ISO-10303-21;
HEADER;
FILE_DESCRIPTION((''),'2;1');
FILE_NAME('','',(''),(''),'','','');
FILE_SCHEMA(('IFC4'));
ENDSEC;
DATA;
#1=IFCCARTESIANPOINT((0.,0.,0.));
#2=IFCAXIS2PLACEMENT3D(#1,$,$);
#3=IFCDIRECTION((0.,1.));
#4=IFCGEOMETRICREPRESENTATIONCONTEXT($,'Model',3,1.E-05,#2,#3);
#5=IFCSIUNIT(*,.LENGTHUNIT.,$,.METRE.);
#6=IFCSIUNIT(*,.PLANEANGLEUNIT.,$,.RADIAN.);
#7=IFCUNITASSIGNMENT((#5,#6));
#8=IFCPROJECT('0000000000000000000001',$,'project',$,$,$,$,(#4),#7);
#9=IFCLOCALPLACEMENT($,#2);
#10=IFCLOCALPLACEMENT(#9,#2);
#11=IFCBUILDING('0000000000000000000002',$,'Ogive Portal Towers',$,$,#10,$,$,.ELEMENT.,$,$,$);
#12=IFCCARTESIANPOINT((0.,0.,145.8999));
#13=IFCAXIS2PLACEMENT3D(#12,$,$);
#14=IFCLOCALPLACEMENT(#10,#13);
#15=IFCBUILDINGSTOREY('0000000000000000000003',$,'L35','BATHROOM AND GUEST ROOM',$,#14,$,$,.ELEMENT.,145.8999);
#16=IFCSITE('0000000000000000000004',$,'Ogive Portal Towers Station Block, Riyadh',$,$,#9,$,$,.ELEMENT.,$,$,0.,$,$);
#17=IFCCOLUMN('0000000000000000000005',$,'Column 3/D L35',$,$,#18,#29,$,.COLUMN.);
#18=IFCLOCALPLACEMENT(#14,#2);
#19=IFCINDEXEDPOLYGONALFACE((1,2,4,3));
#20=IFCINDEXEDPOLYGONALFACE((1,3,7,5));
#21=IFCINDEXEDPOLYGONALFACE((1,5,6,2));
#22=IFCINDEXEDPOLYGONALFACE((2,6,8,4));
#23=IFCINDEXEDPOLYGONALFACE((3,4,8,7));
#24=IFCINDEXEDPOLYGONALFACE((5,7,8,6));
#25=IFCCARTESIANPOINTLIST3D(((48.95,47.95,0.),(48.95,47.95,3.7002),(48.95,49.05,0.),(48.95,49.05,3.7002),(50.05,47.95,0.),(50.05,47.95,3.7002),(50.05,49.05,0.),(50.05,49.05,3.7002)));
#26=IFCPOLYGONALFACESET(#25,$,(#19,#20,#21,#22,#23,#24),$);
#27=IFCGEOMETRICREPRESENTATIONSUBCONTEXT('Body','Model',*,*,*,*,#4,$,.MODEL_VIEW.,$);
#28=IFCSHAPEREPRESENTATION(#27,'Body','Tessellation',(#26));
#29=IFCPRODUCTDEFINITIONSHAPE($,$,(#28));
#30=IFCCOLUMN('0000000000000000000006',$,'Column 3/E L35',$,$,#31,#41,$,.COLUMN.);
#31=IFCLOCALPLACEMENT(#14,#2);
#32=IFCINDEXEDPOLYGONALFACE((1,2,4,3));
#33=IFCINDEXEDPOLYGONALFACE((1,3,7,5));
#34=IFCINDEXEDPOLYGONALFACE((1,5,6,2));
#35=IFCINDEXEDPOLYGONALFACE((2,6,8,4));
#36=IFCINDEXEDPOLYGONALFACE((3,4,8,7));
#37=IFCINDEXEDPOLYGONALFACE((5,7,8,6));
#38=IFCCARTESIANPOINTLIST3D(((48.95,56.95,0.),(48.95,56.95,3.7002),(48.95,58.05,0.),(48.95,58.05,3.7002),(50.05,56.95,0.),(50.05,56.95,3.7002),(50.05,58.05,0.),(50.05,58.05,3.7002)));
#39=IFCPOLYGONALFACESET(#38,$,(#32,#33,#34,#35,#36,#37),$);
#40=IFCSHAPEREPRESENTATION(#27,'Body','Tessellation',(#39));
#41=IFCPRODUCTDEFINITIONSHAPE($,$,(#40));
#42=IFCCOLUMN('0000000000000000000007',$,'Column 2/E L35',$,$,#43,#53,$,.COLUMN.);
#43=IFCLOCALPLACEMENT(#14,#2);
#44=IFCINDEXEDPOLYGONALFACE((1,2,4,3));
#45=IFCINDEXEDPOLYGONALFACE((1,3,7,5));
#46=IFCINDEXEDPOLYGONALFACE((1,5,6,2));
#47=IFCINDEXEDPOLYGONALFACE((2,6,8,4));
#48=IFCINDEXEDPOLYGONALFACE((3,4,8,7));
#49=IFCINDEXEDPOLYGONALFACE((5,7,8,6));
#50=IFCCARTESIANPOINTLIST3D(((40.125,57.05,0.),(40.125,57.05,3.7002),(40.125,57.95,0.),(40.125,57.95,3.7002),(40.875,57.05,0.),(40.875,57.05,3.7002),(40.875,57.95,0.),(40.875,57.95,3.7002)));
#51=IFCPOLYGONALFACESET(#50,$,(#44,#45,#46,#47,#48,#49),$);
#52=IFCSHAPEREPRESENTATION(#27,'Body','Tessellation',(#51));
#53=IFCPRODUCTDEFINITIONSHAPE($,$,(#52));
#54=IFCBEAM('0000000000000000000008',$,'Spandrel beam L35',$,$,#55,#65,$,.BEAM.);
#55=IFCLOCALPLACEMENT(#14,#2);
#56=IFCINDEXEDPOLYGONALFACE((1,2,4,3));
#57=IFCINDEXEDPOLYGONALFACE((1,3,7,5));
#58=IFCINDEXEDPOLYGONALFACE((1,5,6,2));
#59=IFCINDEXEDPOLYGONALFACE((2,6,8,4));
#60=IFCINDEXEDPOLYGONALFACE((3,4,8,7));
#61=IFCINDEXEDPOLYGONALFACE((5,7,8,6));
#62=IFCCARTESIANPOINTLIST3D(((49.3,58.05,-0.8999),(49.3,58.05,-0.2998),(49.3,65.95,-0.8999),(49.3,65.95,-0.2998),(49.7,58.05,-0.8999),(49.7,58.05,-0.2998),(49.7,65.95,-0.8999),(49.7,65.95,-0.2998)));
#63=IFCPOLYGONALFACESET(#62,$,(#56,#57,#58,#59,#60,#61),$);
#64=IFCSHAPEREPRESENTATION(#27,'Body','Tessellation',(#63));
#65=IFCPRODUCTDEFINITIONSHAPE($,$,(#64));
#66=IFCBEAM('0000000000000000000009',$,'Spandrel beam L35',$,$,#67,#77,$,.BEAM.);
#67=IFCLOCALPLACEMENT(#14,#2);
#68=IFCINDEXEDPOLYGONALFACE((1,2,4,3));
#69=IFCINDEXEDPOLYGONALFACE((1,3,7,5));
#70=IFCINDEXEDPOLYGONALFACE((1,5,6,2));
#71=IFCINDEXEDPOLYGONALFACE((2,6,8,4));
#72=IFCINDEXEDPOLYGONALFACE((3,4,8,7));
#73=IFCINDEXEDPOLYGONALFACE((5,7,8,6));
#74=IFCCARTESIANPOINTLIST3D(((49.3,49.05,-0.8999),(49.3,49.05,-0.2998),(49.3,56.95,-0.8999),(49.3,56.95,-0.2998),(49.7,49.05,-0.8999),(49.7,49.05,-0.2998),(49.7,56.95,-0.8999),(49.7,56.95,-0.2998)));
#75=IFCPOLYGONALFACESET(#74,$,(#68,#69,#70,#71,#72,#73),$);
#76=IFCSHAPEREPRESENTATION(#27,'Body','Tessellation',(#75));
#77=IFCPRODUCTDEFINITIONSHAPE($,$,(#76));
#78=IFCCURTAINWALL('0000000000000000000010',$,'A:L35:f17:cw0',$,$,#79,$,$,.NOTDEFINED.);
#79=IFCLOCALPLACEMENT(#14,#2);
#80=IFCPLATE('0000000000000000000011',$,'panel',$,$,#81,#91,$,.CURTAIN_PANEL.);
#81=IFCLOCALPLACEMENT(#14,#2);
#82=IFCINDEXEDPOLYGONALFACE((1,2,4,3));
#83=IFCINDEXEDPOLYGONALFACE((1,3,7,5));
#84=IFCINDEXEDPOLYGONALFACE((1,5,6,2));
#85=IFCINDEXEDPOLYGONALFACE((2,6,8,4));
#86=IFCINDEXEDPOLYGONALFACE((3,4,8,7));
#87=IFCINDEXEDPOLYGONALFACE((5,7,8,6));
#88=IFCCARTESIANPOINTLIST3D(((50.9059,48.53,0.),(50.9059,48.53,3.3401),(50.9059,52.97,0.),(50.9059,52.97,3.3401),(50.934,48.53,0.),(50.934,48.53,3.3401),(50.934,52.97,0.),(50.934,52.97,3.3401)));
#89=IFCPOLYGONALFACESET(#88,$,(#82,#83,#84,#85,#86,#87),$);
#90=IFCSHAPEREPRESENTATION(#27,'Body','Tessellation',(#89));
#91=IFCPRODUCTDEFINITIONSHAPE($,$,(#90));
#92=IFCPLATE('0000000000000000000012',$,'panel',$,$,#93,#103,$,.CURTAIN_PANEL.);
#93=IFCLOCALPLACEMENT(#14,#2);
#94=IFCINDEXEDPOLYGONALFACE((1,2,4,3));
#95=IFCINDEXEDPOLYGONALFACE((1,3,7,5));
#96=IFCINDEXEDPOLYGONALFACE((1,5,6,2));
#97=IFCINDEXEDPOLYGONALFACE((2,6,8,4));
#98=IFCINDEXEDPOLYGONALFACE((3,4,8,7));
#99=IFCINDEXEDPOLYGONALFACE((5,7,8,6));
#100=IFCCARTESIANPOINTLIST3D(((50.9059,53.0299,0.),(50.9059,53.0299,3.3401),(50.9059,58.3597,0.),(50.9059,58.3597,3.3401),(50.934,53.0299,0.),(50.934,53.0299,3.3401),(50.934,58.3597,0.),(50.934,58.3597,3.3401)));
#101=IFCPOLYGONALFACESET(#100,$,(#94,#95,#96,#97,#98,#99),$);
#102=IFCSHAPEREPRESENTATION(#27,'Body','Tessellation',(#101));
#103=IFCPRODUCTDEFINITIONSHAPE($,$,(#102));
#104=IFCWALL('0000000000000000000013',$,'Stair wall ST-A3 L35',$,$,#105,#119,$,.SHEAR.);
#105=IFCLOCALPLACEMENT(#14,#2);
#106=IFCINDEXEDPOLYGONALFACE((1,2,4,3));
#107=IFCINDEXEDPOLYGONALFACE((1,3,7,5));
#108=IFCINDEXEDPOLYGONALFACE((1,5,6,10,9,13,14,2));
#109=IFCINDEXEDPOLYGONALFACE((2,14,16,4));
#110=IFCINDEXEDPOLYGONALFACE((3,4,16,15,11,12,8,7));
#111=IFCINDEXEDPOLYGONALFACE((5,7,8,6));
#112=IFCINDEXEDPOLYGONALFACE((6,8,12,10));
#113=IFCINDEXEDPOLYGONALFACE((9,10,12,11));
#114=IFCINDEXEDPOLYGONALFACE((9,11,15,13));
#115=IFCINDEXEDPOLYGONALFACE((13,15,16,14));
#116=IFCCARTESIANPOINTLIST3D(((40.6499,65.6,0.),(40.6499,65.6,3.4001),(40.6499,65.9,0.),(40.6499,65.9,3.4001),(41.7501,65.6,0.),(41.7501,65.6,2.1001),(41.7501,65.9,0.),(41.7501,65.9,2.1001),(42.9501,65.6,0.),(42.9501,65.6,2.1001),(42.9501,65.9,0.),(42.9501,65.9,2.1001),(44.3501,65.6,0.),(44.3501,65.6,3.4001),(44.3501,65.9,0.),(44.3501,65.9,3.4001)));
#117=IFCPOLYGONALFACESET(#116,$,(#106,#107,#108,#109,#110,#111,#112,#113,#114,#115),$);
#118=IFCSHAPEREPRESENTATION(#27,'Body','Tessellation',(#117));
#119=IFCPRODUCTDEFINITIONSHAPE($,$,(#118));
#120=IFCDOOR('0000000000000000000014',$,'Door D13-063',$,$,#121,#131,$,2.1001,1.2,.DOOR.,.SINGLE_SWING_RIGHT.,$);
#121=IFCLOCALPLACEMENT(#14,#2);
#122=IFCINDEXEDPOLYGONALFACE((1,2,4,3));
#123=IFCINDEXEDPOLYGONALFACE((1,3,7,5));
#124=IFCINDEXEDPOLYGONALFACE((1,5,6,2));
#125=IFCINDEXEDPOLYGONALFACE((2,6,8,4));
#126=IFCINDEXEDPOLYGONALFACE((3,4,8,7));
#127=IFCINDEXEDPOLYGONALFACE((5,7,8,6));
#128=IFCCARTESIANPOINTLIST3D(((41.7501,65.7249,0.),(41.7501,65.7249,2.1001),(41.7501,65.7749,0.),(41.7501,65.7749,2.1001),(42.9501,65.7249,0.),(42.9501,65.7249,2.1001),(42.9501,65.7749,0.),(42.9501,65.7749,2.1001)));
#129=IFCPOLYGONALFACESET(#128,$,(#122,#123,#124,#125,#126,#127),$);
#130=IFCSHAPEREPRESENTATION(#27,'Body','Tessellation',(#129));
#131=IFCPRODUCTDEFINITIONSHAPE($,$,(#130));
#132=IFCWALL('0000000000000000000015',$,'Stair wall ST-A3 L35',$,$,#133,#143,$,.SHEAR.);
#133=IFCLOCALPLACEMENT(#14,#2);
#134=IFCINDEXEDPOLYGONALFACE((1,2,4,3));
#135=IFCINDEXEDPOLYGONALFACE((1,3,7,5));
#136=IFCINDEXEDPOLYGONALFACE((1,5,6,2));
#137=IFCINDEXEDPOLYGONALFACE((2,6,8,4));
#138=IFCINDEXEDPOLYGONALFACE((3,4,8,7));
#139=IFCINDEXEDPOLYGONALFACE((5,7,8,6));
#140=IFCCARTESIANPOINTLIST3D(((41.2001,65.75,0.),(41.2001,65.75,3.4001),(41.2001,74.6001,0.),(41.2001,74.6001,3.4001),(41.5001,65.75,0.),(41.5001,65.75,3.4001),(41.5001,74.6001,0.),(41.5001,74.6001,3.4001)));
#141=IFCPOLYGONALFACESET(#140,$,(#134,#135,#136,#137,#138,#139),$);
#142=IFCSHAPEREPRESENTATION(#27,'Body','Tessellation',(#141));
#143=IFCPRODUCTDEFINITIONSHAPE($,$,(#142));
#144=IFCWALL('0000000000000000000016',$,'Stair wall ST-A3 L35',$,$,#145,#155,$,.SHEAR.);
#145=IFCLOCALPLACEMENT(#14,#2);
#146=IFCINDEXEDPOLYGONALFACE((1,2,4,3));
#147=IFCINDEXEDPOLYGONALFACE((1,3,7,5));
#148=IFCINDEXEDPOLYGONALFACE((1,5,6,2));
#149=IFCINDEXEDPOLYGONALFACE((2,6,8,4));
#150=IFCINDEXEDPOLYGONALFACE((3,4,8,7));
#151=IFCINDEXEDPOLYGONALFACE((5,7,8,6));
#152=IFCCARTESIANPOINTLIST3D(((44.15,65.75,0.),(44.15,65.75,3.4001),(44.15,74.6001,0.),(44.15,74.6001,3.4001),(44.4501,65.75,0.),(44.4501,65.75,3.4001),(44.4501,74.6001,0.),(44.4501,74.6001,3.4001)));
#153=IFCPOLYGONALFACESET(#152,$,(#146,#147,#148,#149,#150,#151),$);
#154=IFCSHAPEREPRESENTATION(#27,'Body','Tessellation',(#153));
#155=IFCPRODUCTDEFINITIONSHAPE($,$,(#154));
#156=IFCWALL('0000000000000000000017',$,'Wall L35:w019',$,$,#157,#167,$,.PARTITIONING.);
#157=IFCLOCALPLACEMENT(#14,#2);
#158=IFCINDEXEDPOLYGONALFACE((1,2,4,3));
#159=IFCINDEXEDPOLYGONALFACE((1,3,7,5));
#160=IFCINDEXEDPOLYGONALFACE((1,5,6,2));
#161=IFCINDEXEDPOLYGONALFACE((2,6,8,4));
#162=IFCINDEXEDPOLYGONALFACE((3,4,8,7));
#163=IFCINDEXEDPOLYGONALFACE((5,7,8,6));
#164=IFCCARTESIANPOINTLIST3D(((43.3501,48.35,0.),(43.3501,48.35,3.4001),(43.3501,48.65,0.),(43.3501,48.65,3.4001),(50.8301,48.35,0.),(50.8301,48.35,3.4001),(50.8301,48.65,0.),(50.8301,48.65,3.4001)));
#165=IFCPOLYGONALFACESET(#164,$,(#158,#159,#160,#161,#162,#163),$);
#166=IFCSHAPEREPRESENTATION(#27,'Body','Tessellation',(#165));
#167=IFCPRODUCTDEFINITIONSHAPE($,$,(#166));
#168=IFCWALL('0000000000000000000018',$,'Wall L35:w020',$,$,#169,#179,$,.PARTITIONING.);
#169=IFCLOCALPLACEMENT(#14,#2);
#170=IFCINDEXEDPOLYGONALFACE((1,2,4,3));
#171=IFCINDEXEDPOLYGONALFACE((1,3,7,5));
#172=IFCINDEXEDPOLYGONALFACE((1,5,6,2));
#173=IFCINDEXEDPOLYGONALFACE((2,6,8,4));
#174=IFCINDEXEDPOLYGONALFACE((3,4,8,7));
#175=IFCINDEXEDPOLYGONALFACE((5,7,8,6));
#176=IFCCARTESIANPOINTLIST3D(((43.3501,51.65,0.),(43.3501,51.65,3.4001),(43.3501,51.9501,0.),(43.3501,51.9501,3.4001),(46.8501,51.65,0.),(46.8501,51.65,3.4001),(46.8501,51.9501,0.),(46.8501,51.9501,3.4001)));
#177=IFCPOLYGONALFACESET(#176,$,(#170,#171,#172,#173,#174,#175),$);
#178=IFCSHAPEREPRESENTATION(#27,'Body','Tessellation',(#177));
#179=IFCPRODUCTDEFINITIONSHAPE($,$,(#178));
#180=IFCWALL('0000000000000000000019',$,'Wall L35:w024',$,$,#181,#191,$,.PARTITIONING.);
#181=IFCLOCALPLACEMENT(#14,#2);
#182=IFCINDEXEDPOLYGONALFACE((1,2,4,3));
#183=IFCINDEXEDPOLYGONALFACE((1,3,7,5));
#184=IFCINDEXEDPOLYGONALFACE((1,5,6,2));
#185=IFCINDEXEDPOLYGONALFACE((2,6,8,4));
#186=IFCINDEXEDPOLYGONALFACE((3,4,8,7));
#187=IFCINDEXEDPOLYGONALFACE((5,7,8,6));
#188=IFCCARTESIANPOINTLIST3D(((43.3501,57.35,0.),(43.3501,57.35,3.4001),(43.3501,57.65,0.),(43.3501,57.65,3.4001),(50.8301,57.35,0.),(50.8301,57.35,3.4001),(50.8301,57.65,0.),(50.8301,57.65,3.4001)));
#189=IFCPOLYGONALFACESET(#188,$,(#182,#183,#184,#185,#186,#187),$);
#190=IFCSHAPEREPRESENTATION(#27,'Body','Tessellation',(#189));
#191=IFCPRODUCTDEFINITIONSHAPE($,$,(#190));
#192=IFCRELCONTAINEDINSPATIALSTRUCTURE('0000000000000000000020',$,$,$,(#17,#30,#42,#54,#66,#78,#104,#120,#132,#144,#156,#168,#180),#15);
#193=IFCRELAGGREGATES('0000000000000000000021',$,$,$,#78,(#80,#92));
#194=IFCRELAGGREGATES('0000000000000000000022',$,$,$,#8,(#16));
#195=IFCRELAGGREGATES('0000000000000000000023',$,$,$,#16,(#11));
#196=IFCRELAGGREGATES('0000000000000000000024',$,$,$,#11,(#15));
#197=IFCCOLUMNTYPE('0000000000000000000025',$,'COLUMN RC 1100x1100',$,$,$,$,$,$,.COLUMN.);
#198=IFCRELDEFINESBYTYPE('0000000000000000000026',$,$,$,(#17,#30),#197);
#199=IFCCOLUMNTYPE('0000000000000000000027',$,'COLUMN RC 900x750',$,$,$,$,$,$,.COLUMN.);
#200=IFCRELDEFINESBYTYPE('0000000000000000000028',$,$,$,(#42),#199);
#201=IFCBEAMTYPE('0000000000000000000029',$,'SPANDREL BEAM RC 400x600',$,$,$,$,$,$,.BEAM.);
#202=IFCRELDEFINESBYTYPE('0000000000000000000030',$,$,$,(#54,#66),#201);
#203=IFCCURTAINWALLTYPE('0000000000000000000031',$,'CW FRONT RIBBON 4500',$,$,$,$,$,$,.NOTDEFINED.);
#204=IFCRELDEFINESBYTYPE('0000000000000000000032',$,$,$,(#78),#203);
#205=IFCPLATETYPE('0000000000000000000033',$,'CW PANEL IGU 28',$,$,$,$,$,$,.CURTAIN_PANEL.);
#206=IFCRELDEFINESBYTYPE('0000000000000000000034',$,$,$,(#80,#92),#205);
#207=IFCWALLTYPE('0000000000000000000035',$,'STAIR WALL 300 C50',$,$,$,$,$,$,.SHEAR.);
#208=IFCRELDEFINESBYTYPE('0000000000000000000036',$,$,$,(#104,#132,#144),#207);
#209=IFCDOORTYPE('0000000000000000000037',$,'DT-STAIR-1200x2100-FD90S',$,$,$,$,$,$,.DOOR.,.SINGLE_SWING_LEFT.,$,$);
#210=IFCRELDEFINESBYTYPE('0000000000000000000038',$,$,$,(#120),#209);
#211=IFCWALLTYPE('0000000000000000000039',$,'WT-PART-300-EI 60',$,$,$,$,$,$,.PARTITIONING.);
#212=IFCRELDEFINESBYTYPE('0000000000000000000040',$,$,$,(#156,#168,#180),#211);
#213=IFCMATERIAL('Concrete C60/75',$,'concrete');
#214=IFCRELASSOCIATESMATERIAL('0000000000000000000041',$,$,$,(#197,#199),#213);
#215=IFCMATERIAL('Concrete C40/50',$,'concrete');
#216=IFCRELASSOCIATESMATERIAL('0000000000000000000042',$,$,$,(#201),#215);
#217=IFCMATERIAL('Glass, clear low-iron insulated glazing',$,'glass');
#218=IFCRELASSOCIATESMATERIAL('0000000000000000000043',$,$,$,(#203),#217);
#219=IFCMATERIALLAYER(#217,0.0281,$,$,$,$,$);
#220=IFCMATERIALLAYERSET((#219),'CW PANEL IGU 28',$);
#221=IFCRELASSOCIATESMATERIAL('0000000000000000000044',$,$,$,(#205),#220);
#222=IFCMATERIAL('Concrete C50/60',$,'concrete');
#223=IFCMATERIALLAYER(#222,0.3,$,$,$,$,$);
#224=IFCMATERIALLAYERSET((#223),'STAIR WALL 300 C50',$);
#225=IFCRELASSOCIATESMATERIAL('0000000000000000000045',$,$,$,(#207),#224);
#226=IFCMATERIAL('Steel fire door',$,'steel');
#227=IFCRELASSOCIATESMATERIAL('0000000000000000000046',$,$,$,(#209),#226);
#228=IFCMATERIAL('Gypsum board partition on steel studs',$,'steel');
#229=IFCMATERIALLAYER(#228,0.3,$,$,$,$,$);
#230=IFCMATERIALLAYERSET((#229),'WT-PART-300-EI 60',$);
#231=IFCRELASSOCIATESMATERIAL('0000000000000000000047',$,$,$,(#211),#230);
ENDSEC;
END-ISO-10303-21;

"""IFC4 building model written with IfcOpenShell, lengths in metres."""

from ifc_helpers import new_model, si_unit, direction, frame, frame_2d, origin, origin_2d, place, context, subcontext, project, spatial, rectangle, extrude, material, layer, layer_set, material_profile, profile_set, type_object, element, fill, aggregate, save


model = new_model("IFC4")

# Units and contexts
model_context = context("Model", 3, precision=1e-05, world=origin(), true_north=direction((0.0, 1.0)))
body_context = subcontext(model_context, "Body", "Model", "MODEL_VIEW")
ifc_project = project(units=[si_unit("LENGTHUNIT", "METRE"), si_unit("PLANEANGLEUNIT", "RADIAN")], contexts=[model_context])

# Site, building, storey
site_placement = place(None, origin())
site = spatial("IfcSite", under=ifc_project, at=site_placement, Name="Ogive Portal Towers Station Block, Riyadh", CompositionType="ELEMENT", RefElevation=0.0)
building_placement = place(site_placement, origin())
building = spatial("IfcBuilding", under=site, at=building_placement, Name="Ogive Portal Towers", CompositionType="ELEMENT")
storey_placement = place(building_placement, frame((0.0, 0.0, 145.8999)))
storey = spatial("IfcBuildingStorey", under=building, at=storey_placement, Name="L35", Description="BATHROOM AND GUEST ROOM", CompositionType="ELEMENT", Elevation=145.8999)

# Columns
ifc_material_1 = material(Name="Concrete C60/75", Category="concrete")
ifc_material_profile_1 = material_profile(ifc_material_1, rectangle(XDim=1.1001, YDim=1.1001, at=origin_2d()), Name="RC 1100x1100")
ifc_profile_set_1 = profile_set([ifc_material_profile_1], Name="Concrete C60/75")
column_type_1 = type_object("IfcColumnType", Name="COLUMN RC 1100x1100", PredefinedType="COLUMN", material=ifc_profile_set_1)
for number, where, z_axis, x_axis, name in (
    (1, (49.5, 48.5, 0.0), (0.0, 0.0, 1.0), (1.0, 0.0, 0.0), "Column 3/D L35"),
    (2, (49.5, 57.5, 0.0), (0.0, 0.0, 1.0), (1.0, 0.0, 0.0), "Column 3/E L35"),
):
    element("IfcColumn", number, at=place(storey_placement, frame(where, z_axis=z_axis, x_axis=x_axis)), inside=storey, type_object=column_type_1, Name=name, PredefinedType="COLUMN", context=body_context, shape_type="SweptSolid", body=[
        extrude(rectangle(XDim=1.1001, YDim=1.1001, at=origin_2d()), origin(), (0.0, 0.0, 1.0), 3.7002),
    ])
ifc_material_profile_2 = material_profile(ifc_material_1, rectangle(XDim=0.8999, YDim=0.75, at=origin_2d()), Name="RC 900x750")
ifc_profile_set_2 = profile_set([ifc_material_profile_2], Name="Concrete C60/75")
column_type_2 = type_object("IfcColumnType", Name="COLUMN RC 900x750", PredefinedType="COLUMN", material=ifc_profile_set_2)
column_placement = place(storey_placement, frame((40.5, 57.5, 0.0), z_axis=(0.0, 0.0, 1.0), x_axis=(0.0, 1.0, 0.0)))
element("IfcColumn", 3, at=column_placement, inside=storey, type_object=column_type_2, Name="Column 2/E L35", PredefinedType="COLUMN", context=body_context, shape_type="SweptSolid", body=[
    extrude(rectangle(XDim=0.8999, YDim=0.75, at=origin_2d()), origin(), (0.0, 0.0, 1.0), 3.7002),
])

# Beams
ifc_material_2 = material(Name="Concrete C40/50", Category="concrete")
ifc_material_profile_3 = material_profile(ifc_material_2, rectangle(XDim=0.3999, YDim=0.6001, at=origin_2d()), Name="RC 400x600")
ifc_profile_set_3 = profile_set([ifc_material_profile_3], Name="Concrete C40/50")
beam_type = type_object("IfcBeamType", Name="SPANDREL BEAM RC 400x600", PredefinedType="BEAM", material=ifc_profile_set_3)
for number, where, z_axis, x_axis, name in (
    (4, (49.5, 65.95, -0.5999), (0.0, -1.0, 0.0), (1.0, 0.0, 0.0), "Spandrel beam L35"),
    (5, (49.5, 56.95, -0.5999), (0.0, -1.0, 0.0), (1.0, 0.0, 0.0), "Spandrel beam L35"),
):
    element("IfcBeam", number, at=place(storey_placement, frame(where, z_axis=z_axis, x_axis=x_axis)), inside=storey, type_object=beam_type, Name=name, PredefinedType="BEAM", context=body_context, shape_type="SweptSolid", body=[
        extrude(rectangle(XDim=0.3999, YDim=0.6001, at=origin_2d()), origin(), (0.0, 0.0, 1.0), 7.8999),
    ])

# Curtain wall, plates
ifc_material_3 = material(Name="Glass, clear low-iron insulated glazing", Category="glass")
curtain_wall_type = type_object("IfcCurtainWallType", Name="CW FRONT RIBBON 4500", PredefinedType="NOTDEFINED", material=ifc_material_3)
curtain_wall_placement = place(storey_placement, origin())
curtain_wall = element("IfcCurtainWall", 6, at=curtain_wall_placement, inside=storey, type_object=curtain_wall_type, Name="A:L35:f17:cw0", PredefinedType="NOTDEFINED")
ifc_layer_1 = layer(ifc_material_3, 0.0281)
ifc_layer_set_1 = layer_set([ifc_layer_1], Name="CW PANEL IGU 28")
plate_type = type_object("IfcPlateType", Name="CW PANEL IGU 28", PredefinedType="CURTAIN_PANEL", material=ifc_layer_set_1)
plate_1_placement = place(storey_placement, frame((50.9199, 50.75, 0.0), z_axis=(0.0, 0.0, 1.0), x_axis=(0.0, 1.0, 0.0)))
plate_1 = element("IfcPlate", 7, at=plate_1_placement, type_object=plate_type, Name="panel", PredefinedType="CURTAIN_PANEL", context=body_context, shape_type="SweptSolid", body=[
    extrude(rectangle(XDim=4.4399, YDim=0.0281, at=origin_2d()), origin(), (0.0, 0.0, 1.0), 3.3401),
])
plate_2_placement = place(storey_placement, frame((50.9199, 55.6948, 0.0), z_axis=(0.0, 0.0, 1.0), x_axis=(0.0, 1.0, 0.0)))
plate_2 = element("IfcPlate", 8, at=plate_2_placement, type_object=plate_type, Name="panel", PredefinedType="CURTAIN_PANEL", context=body_context, shape_type="SweptSolid", body=[
    extrude(rectangle(XDim=5.3298, YDim=0.0281, at=origin_2d()), origin(), (0.0, 0.0, 1.0), 3.3401),
])
aggregate(curtain_wall, [plate_1, plate_2])

# Wall, opening, door
ifc_material_4 = material(Name="Concrete C50/60", Category="concrete")
ifc_layer_2 = layer(ifc_material_4, 0.3)
ifc_layer_set_2 = layer_set([ifc_layer_2], Name="STAIR WALL 300 C50")
wall_type_1 = type_object("IfcWallType", Name="STAIR WALL 300 C50", PredefinedType="SHEAR", material=ifc_layer_set_2)
wall_1_placement = place(storey_placement, frame((40.6499, 65.75, 0.0), z_axis=(0.0, 0.0, 1.0), x_axis=(1.0, 0.0, 0.0)))
wall_1 = element("IfcWall", 9, at=wall_1_placement, inside=storey, type_object=wall_type_1, Name="Stair wall ST-A3 L35", PredefinedType="SHEAR", context=body_context, shape_type="SweptSolid", body=[
    extrude(rectangle(XDim=3.7002, YDim=0.3, at=frame_2d((1.8501, 0.0))), origin(), (0.0, 0.0, 1.0), 3.4001),
])
opening_1_placement = place(wall_1_placement, frame((1.1001, 0.0, 0.0)))
opening_1 = element("IfcOpeningElement", 10, at=opening_1_placement, cuts=wall_1, PredefinedType="OPENING", context=body_context, shape_type="SweptSolid", body=[
    extrude(rectangle(XDim=1.2, YDim=2.1001, at=frame_2d((0.6001, 1.05))), frame((0.0, 0.1602, 0.0), z_axis=(0.0, -1.0, 0.0), x_axis=(1.0, 0.0, 0.0)), (0.0, 0.0, 1.0), 0.3201),
])
ifc_material_5 = material(Name="Steel fire door", Category="steel")
door_type_1 = type_object("IfcDoorType", Name="DT-STAIR-1200x2100-FD90S", OperationType="SINGLE_SWING_LEFT", PredefinedType="DOOR", material=ifc_material_5)
door_1_placement = place(opening_1_placement, origin())
door_1 = element("IfcDoor", 11, at=door_1_placement, inside=storey, type_object=door_type_1, Name="Door D13-063", OperationType="SINGLE_SWING_RIGHT", OverallHeight=2.1001, OverallWidth=1.2, PredefinedType="DOOR", context=body_context, shape_type="SweptSolid", body=[
    extrude(rectangle(XDim=1.2, YDim=2.1001, at=frame_2d((0.6001, 1.05))), frame((0.0, 0.0249, 0.0), z_axis=(0.0, -1.0, 0.0), x_axis=(1.0, 0.0, 0.0)), (0.0, 0.0, 1.0), 0.05),
])
fill(opening_1, door_1)

# Walls
for number, where, z_axis, x_axis, name in (
    (12, (41.3501, 65.75, 0.0), (0.0, 0.0, 1.0), (0.0, 1.0, 0.0), "Stair wall ST-A3 L35"),
    (13, (44.3, 65.75, 0.0), (0.0, 0.0, 1.0), (0.0, 1.0, 0.0), "Stair wall ST-A3 L35"),
):
    element("IfcWall", number, at=place(storey_placement, frame(where, z_axis=z_axis, x_axis=x_axis)), inside=storey, type_object=wall_type_1, Name=name, PredefinedType="SHEAR", context=body_context, shape_type="SweptSolid", body=[
        extrude(rectangle(XDim=8.8501, YDim=0.3, at=frame_2d((4.425, 0.0))), origin(), (0.0, 0.0, 1.0), 3.4001),
    ])
ifc_material_6 = material(Name="Gypsum board partition on steel studs", Category="steel")
ifc_layer_3 = layer(ifc_material_6, 0.3)
ifc_layer_set_3 = layer_set([ifc_layer_3], Name="WT-PART-300-EI 60")
wall_type_2 = type_object("IfcWallType", Name="WT-PART-300-EI 60", PredefinedType="PARTITIONING", material=ifc_layer_set_3)
wall_2_placement = place(storey_placement, frame((43.3501, 48.5, 0.0), z_axis=(0.0, 0.0, 1.0), x_axis=(1.0, 0.0, 0.0)))
element("IfcWall", 14, at=wall_2_placement, inside=storey, type_object=wall_type_2, Name="Wall L35:w019", PredefinedType="PARTITIONING", context=body_context, shape_type="SweptSolid", body=[
    extrude(rectangle(XDim=7.48, YDim=0.3, at=frame_2d((3.74, 0.0))), origin(), (0.0, 0.0, 1.0), 3.4001),
])
wall_3_placement = place(storey_placement, frame((43.3501, 51.8, 0.0), z_axis=(0.0, 0.0, 1.0), x_axis=(1.0, 0.0, 0.0)))
element("IfcWall", 15, at=wall_3_placement, inside=storey, type_object=wall_type_2, Name="Wall L35:w020", PredefinedType="PARTITIONING", context=body_context, shape_type="SweptSolid", body=[
    extrude(rectangle(XDim=3.5, YDim=0.3, at=frame_2d((1.75, 0.0))), origin(), (0.0, 0.0, 1.0), 3.4001),
])
wall_4_placement = place(storey_placement, frame((43.3501, 57.5, 0.0), z_axis=(0.0, 0.0, 1.0), x_axis=(1.0, 0.0, 0.0)))
element("IfcWall", 16, at=wall_4_placement, inside=storey, type_object=wall_type_2, Name="Wall L35:w024", PredefinedType="PARTITIONING", context=body_context, shape_type="SweptSolid", body=[
    extrude(rectangle(XDim=7.48, YDim=0.3, at=frame_2d((3.74, 0.0))), origin(), (0.0, 0.0, 1.0), 3.4001),
])

save(model, "model.ifc")
